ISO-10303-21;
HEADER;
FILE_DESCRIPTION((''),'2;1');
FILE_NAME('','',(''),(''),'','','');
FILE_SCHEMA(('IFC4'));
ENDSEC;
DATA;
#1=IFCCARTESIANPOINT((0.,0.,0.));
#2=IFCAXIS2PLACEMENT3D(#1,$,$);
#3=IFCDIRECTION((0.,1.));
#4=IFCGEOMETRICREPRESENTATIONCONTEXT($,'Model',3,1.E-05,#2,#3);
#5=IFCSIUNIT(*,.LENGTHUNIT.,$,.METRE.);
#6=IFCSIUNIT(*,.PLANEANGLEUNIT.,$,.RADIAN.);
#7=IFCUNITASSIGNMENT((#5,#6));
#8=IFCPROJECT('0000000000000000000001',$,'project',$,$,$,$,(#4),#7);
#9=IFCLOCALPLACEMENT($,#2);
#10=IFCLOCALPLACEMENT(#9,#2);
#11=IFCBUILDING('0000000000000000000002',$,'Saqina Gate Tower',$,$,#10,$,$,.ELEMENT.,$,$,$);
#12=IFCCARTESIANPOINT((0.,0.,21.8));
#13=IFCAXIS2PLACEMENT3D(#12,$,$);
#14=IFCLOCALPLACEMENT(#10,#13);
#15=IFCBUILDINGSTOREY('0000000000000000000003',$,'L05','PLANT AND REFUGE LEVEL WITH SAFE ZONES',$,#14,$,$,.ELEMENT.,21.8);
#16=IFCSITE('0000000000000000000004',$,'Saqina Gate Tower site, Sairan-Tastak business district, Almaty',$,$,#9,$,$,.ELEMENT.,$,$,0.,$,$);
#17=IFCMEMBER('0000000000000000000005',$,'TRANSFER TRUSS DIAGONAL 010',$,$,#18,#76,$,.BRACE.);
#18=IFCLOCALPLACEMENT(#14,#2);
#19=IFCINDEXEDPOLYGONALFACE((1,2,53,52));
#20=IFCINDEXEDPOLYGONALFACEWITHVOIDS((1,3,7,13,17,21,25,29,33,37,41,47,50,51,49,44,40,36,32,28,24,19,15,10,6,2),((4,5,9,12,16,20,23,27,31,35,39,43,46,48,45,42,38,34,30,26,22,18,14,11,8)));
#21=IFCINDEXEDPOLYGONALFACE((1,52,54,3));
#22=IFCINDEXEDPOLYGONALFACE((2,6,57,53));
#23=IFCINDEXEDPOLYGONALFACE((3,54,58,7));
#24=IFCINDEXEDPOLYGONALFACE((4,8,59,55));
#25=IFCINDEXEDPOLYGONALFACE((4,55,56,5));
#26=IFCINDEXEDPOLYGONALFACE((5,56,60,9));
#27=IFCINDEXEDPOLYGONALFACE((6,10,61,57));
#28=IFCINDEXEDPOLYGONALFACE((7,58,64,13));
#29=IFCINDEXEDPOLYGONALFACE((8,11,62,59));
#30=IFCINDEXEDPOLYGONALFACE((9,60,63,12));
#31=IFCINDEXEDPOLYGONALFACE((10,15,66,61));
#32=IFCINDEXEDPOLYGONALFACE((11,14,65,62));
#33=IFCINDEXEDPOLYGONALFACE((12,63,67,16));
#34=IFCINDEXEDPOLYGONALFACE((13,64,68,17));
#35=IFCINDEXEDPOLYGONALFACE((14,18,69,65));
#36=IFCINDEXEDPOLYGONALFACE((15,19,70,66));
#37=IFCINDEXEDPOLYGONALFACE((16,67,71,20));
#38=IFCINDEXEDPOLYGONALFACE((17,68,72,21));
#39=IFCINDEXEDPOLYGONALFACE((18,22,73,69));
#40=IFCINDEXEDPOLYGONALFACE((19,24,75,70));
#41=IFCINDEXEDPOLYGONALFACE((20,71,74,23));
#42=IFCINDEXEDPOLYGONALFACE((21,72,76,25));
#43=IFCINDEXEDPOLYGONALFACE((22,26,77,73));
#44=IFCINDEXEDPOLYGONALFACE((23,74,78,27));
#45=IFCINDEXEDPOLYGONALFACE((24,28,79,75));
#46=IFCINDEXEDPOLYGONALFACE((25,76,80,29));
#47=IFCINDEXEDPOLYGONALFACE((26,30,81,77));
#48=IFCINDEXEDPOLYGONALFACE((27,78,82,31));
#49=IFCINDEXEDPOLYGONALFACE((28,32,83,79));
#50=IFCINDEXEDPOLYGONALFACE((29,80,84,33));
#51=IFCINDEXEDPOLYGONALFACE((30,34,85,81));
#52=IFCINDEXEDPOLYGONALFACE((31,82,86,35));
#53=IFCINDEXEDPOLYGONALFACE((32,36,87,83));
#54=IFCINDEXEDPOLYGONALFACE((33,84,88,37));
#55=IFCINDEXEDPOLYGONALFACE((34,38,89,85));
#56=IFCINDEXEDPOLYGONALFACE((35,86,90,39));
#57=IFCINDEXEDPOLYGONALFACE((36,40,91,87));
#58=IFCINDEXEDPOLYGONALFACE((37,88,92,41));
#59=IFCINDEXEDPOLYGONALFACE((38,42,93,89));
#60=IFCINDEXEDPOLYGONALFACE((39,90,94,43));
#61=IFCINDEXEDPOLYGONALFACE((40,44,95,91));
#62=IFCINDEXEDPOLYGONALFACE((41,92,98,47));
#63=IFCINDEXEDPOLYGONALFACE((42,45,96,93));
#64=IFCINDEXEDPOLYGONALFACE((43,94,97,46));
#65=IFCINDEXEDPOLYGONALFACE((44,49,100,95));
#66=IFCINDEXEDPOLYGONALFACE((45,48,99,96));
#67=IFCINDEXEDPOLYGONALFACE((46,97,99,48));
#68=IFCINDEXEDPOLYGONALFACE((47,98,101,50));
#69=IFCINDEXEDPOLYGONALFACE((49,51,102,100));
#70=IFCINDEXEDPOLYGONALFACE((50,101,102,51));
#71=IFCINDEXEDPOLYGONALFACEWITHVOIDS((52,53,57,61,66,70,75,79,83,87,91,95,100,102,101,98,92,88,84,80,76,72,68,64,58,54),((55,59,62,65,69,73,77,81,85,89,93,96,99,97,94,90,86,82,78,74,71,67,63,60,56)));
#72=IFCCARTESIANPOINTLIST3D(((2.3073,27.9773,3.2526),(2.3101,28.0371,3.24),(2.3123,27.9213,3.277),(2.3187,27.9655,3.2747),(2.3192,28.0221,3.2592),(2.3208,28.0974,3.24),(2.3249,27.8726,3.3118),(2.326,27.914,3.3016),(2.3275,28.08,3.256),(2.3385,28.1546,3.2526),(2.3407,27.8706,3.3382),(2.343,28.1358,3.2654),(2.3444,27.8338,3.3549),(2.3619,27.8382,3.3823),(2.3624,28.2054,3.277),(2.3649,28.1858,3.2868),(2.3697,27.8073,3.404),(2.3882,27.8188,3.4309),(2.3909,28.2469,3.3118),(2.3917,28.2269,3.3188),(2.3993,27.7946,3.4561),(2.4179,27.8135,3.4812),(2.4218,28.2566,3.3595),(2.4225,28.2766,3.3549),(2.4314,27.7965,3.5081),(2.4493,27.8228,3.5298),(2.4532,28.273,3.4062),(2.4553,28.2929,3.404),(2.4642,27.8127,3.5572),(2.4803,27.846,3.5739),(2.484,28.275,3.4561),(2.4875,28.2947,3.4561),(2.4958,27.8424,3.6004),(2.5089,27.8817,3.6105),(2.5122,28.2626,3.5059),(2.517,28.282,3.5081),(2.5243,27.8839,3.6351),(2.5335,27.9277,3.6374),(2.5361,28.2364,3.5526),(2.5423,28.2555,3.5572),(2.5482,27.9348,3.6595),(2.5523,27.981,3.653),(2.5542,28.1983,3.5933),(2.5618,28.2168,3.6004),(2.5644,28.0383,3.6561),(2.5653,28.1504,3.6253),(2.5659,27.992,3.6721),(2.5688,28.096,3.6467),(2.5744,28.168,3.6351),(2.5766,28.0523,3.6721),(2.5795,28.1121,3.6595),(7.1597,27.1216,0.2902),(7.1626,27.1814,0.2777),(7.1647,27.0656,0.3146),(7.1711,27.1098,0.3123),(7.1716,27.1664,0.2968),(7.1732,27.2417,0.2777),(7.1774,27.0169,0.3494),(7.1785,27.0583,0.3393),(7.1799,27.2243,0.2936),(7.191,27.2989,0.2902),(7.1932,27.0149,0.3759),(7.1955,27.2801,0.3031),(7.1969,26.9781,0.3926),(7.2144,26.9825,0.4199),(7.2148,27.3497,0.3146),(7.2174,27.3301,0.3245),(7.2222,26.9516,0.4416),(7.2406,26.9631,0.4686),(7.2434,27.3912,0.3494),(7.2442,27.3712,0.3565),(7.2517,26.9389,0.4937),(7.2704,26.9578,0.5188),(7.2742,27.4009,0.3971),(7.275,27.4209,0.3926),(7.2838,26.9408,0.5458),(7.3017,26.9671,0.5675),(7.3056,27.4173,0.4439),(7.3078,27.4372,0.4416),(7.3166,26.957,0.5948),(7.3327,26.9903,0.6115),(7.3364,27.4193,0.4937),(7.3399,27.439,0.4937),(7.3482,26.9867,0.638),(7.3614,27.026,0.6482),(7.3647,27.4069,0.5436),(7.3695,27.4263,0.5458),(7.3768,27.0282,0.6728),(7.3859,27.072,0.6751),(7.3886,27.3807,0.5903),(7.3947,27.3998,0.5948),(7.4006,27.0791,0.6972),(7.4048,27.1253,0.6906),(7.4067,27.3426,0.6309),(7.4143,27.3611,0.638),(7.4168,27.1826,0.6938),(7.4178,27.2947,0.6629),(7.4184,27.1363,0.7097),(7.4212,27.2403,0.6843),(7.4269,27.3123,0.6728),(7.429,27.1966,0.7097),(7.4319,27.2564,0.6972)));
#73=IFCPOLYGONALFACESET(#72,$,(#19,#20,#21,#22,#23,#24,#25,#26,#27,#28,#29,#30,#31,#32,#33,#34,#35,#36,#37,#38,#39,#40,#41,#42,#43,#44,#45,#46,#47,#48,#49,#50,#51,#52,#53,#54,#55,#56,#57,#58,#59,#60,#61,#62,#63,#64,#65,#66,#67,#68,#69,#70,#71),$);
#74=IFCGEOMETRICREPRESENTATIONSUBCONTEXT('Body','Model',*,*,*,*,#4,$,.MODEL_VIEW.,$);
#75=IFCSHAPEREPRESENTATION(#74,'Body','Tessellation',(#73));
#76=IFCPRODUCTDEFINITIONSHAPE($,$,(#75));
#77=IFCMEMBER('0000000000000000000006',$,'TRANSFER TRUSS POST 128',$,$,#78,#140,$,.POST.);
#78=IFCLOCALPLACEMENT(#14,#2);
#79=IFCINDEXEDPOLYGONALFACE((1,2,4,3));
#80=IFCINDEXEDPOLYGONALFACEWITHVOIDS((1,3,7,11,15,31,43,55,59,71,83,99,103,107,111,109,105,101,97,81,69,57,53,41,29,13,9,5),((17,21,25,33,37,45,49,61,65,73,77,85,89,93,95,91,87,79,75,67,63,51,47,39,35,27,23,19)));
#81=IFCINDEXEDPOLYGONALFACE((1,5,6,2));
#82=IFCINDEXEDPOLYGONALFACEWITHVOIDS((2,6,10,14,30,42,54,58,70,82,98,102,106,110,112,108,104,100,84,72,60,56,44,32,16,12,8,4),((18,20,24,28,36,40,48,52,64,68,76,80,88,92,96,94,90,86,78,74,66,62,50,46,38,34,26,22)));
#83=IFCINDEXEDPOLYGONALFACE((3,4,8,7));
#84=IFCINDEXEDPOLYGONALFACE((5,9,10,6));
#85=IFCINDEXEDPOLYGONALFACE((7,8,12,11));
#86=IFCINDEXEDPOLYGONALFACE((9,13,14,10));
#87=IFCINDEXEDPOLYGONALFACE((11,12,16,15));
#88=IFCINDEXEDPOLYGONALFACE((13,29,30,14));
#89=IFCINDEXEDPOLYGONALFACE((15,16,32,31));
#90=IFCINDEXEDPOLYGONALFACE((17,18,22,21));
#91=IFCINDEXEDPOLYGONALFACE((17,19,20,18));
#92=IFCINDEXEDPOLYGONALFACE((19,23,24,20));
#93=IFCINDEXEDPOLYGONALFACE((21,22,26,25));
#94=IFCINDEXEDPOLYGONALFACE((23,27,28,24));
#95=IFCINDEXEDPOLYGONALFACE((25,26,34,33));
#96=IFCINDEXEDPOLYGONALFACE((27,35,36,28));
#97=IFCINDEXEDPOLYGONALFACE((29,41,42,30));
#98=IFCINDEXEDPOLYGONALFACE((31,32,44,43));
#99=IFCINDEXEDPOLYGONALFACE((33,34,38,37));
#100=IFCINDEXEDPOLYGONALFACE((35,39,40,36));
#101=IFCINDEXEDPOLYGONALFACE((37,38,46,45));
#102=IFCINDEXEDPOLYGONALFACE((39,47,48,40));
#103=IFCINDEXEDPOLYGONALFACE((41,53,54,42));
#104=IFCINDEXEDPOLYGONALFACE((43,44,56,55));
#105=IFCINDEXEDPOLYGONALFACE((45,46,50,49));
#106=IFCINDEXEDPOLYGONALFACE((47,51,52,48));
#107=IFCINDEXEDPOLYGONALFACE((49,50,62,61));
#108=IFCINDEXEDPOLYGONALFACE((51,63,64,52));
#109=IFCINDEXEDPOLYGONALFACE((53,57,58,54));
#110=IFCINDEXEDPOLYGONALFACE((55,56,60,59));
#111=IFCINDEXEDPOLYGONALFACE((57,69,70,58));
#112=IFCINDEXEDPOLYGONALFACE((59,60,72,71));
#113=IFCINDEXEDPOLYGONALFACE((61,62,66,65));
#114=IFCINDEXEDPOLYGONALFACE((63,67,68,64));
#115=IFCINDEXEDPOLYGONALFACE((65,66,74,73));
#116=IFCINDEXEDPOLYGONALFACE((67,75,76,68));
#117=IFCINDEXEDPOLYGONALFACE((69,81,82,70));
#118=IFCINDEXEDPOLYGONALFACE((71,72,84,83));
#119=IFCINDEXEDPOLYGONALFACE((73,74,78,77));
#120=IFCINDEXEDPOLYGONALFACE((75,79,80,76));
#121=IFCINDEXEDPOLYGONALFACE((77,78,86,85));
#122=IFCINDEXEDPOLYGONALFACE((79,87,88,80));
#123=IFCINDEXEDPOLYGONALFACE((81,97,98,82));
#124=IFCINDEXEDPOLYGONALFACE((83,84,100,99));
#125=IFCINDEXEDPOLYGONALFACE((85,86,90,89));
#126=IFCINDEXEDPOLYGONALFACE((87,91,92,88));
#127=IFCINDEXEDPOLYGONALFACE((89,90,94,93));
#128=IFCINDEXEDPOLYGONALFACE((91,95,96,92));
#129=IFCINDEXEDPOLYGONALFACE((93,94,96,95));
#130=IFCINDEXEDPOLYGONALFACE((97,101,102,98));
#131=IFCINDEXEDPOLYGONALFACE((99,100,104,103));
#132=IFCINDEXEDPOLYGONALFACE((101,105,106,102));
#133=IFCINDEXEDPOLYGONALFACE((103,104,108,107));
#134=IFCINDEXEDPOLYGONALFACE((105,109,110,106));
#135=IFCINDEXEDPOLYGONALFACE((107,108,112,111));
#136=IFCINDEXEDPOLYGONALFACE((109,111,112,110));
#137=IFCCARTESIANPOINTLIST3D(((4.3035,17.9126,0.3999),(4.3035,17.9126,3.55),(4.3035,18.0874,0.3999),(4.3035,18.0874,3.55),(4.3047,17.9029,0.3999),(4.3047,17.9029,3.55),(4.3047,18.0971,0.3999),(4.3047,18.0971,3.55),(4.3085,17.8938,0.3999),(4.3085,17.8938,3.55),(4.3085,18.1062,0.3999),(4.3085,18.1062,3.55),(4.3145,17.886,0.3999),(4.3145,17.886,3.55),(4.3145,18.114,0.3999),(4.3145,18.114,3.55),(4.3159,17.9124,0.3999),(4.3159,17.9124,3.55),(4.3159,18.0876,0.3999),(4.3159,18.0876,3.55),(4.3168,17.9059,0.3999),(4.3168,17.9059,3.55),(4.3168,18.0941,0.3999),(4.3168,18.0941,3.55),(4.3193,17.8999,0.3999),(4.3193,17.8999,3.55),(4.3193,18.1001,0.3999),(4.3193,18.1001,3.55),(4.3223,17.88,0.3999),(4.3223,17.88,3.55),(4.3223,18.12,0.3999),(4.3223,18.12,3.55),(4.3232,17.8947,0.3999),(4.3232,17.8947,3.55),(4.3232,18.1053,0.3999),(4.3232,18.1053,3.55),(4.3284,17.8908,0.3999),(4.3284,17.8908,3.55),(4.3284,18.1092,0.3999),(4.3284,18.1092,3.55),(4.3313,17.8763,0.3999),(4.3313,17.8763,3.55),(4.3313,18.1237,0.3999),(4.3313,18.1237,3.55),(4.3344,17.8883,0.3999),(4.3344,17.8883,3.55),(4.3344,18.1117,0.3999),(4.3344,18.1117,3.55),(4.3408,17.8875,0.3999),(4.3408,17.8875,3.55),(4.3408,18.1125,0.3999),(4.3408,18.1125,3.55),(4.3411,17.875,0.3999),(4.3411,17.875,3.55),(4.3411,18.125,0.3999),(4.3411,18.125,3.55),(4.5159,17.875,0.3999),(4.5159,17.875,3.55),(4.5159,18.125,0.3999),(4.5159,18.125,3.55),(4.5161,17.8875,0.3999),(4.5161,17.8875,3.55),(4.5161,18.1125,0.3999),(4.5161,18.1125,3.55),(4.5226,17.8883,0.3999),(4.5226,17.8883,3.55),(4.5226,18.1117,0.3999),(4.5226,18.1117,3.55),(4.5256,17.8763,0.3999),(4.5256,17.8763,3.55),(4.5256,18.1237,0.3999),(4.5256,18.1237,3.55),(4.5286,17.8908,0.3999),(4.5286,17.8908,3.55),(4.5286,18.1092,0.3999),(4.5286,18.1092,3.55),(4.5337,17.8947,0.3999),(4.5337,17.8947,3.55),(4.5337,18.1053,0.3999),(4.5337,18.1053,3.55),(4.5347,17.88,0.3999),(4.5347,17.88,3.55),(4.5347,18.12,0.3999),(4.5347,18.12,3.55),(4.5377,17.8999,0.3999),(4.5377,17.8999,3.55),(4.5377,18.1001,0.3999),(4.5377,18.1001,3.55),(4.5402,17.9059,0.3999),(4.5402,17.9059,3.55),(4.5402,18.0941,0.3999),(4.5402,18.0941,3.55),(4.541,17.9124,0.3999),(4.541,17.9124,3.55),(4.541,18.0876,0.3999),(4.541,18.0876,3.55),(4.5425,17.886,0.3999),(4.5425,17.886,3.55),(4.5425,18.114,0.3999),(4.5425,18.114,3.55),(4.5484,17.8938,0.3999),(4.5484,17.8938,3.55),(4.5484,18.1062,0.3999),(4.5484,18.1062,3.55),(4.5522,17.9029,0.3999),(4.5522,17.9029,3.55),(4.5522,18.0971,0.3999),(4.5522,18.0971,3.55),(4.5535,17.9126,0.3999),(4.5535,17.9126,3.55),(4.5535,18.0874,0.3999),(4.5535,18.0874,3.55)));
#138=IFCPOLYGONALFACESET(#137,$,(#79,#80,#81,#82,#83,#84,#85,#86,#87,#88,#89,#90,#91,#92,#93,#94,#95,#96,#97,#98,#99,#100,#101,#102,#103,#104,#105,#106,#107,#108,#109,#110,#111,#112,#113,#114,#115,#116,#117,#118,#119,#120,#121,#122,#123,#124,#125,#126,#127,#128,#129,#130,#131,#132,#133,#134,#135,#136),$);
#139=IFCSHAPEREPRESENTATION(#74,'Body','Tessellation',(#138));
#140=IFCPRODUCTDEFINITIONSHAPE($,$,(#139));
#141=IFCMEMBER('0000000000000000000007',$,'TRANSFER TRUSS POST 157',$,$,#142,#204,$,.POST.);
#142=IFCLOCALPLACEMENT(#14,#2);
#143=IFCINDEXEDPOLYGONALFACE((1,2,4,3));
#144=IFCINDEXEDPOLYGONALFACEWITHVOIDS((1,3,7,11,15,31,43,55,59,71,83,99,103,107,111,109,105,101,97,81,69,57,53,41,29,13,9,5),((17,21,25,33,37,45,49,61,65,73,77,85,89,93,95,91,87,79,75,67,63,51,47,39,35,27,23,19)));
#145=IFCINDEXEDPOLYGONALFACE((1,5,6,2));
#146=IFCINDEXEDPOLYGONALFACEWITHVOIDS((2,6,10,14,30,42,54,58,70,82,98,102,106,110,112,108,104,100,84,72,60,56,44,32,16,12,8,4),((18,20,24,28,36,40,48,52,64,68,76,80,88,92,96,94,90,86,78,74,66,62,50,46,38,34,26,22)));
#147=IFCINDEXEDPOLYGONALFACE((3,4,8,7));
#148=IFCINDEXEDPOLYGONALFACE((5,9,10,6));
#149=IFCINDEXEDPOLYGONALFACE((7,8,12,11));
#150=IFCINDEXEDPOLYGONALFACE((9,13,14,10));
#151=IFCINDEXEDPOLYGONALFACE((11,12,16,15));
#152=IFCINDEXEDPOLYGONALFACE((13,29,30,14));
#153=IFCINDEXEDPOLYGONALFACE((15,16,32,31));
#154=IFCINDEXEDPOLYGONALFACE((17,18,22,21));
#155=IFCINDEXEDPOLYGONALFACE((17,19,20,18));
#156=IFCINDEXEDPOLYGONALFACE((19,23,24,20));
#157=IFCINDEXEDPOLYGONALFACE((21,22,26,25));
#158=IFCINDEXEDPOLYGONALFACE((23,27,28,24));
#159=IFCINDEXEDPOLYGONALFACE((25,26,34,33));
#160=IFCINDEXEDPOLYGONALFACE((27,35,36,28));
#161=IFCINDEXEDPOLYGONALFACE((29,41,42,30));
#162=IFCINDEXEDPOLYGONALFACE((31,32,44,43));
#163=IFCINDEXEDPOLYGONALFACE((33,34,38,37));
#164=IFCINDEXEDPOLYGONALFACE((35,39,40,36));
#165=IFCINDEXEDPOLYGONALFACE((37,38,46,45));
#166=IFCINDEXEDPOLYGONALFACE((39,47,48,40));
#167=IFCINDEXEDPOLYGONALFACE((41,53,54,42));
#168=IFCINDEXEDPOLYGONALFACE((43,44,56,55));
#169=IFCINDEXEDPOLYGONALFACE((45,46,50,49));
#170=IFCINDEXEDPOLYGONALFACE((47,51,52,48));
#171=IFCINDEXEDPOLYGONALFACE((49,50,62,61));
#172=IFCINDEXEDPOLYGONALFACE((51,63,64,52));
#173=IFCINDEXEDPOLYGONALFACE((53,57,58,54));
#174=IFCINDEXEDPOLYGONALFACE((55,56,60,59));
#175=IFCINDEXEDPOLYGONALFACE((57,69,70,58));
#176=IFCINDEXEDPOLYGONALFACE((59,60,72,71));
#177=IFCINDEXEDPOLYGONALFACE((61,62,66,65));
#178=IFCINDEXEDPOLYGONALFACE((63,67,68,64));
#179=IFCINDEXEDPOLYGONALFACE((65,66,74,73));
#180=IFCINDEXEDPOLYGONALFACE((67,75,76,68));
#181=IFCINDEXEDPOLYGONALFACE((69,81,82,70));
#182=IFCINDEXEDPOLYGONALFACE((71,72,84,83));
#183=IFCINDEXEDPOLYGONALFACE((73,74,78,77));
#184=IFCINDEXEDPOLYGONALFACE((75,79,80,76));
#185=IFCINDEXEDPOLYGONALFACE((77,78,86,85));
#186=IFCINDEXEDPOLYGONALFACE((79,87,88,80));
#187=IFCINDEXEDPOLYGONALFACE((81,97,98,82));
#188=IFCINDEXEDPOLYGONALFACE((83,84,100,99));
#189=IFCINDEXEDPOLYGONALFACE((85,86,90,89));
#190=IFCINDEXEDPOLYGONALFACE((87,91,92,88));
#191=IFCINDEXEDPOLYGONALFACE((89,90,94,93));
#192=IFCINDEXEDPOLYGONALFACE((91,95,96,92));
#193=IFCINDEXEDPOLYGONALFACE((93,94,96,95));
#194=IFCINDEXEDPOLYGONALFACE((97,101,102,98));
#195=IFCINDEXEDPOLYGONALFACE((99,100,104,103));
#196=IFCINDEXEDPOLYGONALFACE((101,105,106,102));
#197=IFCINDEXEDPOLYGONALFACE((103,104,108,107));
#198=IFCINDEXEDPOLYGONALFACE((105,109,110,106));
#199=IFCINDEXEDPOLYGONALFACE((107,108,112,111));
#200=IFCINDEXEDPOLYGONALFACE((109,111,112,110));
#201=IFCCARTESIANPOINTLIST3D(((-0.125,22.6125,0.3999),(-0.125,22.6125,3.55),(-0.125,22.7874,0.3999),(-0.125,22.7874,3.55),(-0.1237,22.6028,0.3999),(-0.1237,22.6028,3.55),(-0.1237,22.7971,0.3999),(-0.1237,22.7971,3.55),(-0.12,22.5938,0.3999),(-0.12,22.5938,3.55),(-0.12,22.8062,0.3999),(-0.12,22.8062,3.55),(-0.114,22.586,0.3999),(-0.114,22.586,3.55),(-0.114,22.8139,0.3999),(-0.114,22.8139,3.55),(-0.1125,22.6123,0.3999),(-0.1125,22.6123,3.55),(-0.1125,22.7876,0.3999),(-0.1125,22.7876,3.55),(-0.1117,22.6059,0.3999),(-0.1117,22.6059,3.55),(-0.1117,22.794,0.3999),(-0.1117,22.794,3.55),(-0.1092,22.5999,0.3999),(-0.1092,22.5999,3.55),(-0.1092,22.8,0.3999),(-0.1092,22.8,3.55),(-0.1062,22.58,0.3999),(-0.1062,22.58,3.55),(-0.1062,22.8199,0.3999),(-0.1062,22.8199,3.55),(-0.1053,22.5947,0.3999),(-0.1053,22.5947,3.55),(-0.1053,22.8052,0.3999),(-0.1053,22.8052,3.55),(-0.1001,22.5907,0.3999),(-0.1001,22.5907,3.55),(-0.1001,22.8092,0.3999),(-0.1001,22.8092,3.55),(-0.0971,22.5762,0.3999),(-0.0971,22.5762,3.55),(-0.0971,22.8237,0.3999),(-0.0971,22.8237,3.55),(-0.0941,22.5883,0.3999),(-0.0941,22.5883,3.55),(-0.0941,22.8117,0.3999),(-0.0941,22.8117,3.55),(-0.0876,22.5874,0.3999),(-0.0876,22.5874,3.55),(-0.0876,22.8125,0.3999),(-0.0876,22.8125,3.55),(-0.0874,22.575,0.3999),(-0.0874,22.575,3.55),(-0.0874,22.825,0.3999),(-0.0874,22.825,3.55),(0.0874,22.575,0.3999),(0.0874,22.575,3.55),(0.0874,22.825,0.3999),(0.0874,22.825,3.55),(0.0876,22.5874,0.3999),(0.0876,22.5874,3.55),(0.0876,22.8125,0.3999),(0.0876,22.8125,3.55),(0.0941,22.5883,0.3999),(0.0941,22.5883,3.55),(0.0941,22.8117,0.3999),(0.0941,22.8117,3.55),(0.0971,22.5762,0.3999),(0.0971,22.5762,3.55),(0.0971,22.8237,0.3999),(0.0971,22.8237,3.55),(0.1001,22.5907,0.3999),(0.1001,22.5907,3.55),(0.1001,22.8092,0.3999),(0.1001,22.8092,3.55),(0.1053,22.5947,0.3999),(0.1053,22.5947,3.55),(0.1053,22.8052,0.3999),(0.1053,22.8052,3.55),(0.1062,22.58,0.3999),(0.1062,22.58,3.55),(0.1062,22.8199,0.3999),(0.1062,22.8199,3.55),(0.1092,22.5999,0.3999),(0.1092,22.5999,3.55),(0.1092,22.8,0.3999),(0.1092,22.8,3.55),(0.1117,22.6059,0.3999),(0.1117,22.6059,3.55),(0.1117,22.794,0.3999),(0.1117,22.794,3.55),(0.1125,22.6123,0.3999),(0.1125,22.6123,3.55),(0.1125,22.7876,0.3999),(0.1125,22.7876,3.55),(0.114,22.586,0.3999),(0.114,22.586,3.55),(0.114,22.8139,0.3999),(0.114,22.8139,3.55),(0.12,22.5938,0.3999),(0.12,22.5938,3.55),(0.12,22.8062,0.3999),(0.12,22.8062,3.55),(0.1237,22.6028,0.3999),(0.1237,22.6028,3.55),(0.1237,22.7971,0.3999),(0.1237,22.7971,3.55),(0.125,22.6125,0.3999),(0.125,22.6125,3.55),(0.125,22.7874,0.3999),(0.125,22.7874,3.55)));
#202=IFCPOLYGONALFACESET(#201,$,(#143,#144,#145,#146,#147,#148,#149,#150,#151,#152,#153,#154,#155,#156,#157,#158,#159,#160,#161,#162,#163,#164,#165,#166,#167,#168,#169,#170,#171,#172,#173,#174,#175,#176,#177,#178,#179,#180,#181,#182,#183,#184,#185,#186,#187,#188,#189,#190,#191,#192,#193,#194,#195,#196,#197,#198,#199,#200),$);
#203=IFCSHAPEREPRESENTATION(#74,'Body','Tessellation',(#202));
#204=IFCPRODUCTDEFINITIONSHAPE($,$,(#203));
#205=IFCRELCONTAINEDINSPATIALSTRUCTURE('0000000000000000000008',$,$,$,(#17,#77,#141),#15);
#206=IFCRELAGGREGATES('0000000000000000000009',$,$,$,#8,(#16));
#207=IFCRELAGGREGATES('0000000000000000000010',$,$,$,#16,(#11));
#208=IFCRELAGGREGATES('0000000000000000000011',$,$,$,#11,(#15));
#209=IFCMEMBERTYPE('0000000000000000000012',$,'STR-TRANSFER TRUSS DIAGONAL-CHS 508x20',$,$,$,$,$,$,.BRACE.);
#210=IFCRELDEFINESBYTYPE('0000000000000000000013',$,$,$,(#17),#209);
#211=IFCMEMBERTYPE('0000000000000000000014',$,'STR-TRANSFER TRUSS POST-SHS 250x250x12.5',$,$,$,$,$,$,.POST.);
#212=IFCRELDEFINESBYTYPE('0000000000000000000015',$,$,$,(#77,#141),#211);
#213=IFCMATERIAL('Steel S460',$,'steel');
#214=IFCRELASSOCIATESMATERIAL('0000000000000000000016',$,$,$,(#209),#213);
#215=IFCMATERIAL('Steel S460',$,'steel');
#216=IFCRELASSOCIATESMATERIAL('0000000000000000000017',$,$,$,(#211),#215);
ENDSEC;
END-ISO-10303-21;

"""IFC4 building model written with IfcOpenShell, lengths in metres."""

from ifc_helpers import new_model, si_unit, direction, frame, origin, origin_2d, place, context, subcontext, project, spatial, hollow_rectangle, hollow_circle, extrude, material, material_profile, profile_set, type_object, element, save


model = new_model("IFC4")

# Units and contexts
model_context = context("Model", 3, precision=1e-05, world=origin(), true_north=direction((0.0, 1.0)))
body_context = subcontext(model_context, "Body", "Model", "MODEL_VIEW")
ifc_project = project(units=[si_unit("LENGTHUNIT", "METRE"), si_unit("PLANEANGLEUNIT", "RADIAN")], contexts=[model_context])

# Site, building, storey
site_placement = place(None, origin())
site = spatial("IfcSite", under=ifc_project, at=site_placement, Name="Saqina Gate Tower site, Sairan-Tastak business district, Almaty", CompositionType="ELEMENT", RefElevation=0.0)
building_placement = place(site_placement, origin())
building = spatial("IfcBuilding", under=site, at=building_placement, Name="Saqina Gate Tower", CompositionType="ELEMENT")
storey_placement = place(building_placement, frame((0.0, 0.0, 21.8)))
storey = spatial("IfcBuildingStorey", under=building, at=storey_placement, Name="L05", Description="PLANT AND REFUGE LEVEL WITH SAFE ZONES", CompositionType="ELEMENT", Elevation=21.8)

# Members
ifc_material_1 = material(Name="Steel S460", Category="steel")
ifc_material_profile_1 = material_profile(ifc_material_1, hollow_circle(Radius=0.2539, WallThickness=0.02, at=origin_2d()), Name="CHS 508x20")
ifc_profile_set_1 = profile_set([ifc_material_profile_1], Name="Steel S460")
member_type_1 = type_object("IfcMemberType", Name="STR-TRANSFER TRUSS DIAGONAL-CHS 508x20", PredefinedType="BRACE", material=ifc_profile_set_1)
member_1_placement = place(storey_placement, frame((2.4434, 28.0447, 3.4561), z_axis=(0.844013, -0.148836, -0.515257), x_axis=(0.173664, 0.984805, 0.0)))
element("IfcMember", 1, at=member_1_placement, inside=storey, type_object=member_type_1, Name="TRANSFER TRUSS DIAGONAL 010", PredefinedType="BRACE", context=body_context, shape_type="SweptSolid", body=[
    extrude(hollow_circle(Radius=0.2539, WallThickness=0.02, at=origin_2d()), origin(), (0.0, 0.0, 1.0), 5.7493),
])
ifc_material_2 = material(Name="Steel S460", Category="steel")
ifc_material_profile_2 = material_profile(ifc_material_2, hollow_rectangle(XDim=0.25, YDim=0.25, WallThickness=0.0125, InnerFilletRadius=0.0249, OuterFilletRadius=0.0376, at=origin_2d()), Name="SHS 250x250x12.5")
ifc_profile_set_2 = profile_set([ifc_material_profile_2], Name="Steel S460")
member_type_2 = type_object("IfcMemberType", Name="STR-TRANSFER TRUSS POST-SHS 250x250x12.5", PredefinedType="POST", material=ifc_profile_set_2)
for number, where, z_axis, x_axis, name in (
    (2, (4.4285, 18.0, 0.3999), (0.0, 0.0, 1.0), (1.0, 0.0, 0.0), "TRANSFER TRUSS POST 128"),
    (3, (0.0, 22.7, 0.3999), (0.0, 0.0, 1.0), (1.0, 0.0, 0.0), "TRANSFER TRUSS POST 157"),
):
    element("IfcMember", number, at=place(storey_placement, frame(where, z_axis=z_axis, x_axis=x_axis)), inside=storey, type_object=member_type_2, Name=name, PredefinedType="POST", context=body_context, shape_type="SweptSolid", body=[
        extrude(hollow_rectangle(XDim=0.25, YDim=0.25, WallThickness=0.0125, InnerFilletRadius=0.0249, OuterFilletRadius=0.0376, at=origin_2d()), origin(), (0.0, 0.0, 1.0), 3.1501),
    ])

save(model, "model.ifc")
